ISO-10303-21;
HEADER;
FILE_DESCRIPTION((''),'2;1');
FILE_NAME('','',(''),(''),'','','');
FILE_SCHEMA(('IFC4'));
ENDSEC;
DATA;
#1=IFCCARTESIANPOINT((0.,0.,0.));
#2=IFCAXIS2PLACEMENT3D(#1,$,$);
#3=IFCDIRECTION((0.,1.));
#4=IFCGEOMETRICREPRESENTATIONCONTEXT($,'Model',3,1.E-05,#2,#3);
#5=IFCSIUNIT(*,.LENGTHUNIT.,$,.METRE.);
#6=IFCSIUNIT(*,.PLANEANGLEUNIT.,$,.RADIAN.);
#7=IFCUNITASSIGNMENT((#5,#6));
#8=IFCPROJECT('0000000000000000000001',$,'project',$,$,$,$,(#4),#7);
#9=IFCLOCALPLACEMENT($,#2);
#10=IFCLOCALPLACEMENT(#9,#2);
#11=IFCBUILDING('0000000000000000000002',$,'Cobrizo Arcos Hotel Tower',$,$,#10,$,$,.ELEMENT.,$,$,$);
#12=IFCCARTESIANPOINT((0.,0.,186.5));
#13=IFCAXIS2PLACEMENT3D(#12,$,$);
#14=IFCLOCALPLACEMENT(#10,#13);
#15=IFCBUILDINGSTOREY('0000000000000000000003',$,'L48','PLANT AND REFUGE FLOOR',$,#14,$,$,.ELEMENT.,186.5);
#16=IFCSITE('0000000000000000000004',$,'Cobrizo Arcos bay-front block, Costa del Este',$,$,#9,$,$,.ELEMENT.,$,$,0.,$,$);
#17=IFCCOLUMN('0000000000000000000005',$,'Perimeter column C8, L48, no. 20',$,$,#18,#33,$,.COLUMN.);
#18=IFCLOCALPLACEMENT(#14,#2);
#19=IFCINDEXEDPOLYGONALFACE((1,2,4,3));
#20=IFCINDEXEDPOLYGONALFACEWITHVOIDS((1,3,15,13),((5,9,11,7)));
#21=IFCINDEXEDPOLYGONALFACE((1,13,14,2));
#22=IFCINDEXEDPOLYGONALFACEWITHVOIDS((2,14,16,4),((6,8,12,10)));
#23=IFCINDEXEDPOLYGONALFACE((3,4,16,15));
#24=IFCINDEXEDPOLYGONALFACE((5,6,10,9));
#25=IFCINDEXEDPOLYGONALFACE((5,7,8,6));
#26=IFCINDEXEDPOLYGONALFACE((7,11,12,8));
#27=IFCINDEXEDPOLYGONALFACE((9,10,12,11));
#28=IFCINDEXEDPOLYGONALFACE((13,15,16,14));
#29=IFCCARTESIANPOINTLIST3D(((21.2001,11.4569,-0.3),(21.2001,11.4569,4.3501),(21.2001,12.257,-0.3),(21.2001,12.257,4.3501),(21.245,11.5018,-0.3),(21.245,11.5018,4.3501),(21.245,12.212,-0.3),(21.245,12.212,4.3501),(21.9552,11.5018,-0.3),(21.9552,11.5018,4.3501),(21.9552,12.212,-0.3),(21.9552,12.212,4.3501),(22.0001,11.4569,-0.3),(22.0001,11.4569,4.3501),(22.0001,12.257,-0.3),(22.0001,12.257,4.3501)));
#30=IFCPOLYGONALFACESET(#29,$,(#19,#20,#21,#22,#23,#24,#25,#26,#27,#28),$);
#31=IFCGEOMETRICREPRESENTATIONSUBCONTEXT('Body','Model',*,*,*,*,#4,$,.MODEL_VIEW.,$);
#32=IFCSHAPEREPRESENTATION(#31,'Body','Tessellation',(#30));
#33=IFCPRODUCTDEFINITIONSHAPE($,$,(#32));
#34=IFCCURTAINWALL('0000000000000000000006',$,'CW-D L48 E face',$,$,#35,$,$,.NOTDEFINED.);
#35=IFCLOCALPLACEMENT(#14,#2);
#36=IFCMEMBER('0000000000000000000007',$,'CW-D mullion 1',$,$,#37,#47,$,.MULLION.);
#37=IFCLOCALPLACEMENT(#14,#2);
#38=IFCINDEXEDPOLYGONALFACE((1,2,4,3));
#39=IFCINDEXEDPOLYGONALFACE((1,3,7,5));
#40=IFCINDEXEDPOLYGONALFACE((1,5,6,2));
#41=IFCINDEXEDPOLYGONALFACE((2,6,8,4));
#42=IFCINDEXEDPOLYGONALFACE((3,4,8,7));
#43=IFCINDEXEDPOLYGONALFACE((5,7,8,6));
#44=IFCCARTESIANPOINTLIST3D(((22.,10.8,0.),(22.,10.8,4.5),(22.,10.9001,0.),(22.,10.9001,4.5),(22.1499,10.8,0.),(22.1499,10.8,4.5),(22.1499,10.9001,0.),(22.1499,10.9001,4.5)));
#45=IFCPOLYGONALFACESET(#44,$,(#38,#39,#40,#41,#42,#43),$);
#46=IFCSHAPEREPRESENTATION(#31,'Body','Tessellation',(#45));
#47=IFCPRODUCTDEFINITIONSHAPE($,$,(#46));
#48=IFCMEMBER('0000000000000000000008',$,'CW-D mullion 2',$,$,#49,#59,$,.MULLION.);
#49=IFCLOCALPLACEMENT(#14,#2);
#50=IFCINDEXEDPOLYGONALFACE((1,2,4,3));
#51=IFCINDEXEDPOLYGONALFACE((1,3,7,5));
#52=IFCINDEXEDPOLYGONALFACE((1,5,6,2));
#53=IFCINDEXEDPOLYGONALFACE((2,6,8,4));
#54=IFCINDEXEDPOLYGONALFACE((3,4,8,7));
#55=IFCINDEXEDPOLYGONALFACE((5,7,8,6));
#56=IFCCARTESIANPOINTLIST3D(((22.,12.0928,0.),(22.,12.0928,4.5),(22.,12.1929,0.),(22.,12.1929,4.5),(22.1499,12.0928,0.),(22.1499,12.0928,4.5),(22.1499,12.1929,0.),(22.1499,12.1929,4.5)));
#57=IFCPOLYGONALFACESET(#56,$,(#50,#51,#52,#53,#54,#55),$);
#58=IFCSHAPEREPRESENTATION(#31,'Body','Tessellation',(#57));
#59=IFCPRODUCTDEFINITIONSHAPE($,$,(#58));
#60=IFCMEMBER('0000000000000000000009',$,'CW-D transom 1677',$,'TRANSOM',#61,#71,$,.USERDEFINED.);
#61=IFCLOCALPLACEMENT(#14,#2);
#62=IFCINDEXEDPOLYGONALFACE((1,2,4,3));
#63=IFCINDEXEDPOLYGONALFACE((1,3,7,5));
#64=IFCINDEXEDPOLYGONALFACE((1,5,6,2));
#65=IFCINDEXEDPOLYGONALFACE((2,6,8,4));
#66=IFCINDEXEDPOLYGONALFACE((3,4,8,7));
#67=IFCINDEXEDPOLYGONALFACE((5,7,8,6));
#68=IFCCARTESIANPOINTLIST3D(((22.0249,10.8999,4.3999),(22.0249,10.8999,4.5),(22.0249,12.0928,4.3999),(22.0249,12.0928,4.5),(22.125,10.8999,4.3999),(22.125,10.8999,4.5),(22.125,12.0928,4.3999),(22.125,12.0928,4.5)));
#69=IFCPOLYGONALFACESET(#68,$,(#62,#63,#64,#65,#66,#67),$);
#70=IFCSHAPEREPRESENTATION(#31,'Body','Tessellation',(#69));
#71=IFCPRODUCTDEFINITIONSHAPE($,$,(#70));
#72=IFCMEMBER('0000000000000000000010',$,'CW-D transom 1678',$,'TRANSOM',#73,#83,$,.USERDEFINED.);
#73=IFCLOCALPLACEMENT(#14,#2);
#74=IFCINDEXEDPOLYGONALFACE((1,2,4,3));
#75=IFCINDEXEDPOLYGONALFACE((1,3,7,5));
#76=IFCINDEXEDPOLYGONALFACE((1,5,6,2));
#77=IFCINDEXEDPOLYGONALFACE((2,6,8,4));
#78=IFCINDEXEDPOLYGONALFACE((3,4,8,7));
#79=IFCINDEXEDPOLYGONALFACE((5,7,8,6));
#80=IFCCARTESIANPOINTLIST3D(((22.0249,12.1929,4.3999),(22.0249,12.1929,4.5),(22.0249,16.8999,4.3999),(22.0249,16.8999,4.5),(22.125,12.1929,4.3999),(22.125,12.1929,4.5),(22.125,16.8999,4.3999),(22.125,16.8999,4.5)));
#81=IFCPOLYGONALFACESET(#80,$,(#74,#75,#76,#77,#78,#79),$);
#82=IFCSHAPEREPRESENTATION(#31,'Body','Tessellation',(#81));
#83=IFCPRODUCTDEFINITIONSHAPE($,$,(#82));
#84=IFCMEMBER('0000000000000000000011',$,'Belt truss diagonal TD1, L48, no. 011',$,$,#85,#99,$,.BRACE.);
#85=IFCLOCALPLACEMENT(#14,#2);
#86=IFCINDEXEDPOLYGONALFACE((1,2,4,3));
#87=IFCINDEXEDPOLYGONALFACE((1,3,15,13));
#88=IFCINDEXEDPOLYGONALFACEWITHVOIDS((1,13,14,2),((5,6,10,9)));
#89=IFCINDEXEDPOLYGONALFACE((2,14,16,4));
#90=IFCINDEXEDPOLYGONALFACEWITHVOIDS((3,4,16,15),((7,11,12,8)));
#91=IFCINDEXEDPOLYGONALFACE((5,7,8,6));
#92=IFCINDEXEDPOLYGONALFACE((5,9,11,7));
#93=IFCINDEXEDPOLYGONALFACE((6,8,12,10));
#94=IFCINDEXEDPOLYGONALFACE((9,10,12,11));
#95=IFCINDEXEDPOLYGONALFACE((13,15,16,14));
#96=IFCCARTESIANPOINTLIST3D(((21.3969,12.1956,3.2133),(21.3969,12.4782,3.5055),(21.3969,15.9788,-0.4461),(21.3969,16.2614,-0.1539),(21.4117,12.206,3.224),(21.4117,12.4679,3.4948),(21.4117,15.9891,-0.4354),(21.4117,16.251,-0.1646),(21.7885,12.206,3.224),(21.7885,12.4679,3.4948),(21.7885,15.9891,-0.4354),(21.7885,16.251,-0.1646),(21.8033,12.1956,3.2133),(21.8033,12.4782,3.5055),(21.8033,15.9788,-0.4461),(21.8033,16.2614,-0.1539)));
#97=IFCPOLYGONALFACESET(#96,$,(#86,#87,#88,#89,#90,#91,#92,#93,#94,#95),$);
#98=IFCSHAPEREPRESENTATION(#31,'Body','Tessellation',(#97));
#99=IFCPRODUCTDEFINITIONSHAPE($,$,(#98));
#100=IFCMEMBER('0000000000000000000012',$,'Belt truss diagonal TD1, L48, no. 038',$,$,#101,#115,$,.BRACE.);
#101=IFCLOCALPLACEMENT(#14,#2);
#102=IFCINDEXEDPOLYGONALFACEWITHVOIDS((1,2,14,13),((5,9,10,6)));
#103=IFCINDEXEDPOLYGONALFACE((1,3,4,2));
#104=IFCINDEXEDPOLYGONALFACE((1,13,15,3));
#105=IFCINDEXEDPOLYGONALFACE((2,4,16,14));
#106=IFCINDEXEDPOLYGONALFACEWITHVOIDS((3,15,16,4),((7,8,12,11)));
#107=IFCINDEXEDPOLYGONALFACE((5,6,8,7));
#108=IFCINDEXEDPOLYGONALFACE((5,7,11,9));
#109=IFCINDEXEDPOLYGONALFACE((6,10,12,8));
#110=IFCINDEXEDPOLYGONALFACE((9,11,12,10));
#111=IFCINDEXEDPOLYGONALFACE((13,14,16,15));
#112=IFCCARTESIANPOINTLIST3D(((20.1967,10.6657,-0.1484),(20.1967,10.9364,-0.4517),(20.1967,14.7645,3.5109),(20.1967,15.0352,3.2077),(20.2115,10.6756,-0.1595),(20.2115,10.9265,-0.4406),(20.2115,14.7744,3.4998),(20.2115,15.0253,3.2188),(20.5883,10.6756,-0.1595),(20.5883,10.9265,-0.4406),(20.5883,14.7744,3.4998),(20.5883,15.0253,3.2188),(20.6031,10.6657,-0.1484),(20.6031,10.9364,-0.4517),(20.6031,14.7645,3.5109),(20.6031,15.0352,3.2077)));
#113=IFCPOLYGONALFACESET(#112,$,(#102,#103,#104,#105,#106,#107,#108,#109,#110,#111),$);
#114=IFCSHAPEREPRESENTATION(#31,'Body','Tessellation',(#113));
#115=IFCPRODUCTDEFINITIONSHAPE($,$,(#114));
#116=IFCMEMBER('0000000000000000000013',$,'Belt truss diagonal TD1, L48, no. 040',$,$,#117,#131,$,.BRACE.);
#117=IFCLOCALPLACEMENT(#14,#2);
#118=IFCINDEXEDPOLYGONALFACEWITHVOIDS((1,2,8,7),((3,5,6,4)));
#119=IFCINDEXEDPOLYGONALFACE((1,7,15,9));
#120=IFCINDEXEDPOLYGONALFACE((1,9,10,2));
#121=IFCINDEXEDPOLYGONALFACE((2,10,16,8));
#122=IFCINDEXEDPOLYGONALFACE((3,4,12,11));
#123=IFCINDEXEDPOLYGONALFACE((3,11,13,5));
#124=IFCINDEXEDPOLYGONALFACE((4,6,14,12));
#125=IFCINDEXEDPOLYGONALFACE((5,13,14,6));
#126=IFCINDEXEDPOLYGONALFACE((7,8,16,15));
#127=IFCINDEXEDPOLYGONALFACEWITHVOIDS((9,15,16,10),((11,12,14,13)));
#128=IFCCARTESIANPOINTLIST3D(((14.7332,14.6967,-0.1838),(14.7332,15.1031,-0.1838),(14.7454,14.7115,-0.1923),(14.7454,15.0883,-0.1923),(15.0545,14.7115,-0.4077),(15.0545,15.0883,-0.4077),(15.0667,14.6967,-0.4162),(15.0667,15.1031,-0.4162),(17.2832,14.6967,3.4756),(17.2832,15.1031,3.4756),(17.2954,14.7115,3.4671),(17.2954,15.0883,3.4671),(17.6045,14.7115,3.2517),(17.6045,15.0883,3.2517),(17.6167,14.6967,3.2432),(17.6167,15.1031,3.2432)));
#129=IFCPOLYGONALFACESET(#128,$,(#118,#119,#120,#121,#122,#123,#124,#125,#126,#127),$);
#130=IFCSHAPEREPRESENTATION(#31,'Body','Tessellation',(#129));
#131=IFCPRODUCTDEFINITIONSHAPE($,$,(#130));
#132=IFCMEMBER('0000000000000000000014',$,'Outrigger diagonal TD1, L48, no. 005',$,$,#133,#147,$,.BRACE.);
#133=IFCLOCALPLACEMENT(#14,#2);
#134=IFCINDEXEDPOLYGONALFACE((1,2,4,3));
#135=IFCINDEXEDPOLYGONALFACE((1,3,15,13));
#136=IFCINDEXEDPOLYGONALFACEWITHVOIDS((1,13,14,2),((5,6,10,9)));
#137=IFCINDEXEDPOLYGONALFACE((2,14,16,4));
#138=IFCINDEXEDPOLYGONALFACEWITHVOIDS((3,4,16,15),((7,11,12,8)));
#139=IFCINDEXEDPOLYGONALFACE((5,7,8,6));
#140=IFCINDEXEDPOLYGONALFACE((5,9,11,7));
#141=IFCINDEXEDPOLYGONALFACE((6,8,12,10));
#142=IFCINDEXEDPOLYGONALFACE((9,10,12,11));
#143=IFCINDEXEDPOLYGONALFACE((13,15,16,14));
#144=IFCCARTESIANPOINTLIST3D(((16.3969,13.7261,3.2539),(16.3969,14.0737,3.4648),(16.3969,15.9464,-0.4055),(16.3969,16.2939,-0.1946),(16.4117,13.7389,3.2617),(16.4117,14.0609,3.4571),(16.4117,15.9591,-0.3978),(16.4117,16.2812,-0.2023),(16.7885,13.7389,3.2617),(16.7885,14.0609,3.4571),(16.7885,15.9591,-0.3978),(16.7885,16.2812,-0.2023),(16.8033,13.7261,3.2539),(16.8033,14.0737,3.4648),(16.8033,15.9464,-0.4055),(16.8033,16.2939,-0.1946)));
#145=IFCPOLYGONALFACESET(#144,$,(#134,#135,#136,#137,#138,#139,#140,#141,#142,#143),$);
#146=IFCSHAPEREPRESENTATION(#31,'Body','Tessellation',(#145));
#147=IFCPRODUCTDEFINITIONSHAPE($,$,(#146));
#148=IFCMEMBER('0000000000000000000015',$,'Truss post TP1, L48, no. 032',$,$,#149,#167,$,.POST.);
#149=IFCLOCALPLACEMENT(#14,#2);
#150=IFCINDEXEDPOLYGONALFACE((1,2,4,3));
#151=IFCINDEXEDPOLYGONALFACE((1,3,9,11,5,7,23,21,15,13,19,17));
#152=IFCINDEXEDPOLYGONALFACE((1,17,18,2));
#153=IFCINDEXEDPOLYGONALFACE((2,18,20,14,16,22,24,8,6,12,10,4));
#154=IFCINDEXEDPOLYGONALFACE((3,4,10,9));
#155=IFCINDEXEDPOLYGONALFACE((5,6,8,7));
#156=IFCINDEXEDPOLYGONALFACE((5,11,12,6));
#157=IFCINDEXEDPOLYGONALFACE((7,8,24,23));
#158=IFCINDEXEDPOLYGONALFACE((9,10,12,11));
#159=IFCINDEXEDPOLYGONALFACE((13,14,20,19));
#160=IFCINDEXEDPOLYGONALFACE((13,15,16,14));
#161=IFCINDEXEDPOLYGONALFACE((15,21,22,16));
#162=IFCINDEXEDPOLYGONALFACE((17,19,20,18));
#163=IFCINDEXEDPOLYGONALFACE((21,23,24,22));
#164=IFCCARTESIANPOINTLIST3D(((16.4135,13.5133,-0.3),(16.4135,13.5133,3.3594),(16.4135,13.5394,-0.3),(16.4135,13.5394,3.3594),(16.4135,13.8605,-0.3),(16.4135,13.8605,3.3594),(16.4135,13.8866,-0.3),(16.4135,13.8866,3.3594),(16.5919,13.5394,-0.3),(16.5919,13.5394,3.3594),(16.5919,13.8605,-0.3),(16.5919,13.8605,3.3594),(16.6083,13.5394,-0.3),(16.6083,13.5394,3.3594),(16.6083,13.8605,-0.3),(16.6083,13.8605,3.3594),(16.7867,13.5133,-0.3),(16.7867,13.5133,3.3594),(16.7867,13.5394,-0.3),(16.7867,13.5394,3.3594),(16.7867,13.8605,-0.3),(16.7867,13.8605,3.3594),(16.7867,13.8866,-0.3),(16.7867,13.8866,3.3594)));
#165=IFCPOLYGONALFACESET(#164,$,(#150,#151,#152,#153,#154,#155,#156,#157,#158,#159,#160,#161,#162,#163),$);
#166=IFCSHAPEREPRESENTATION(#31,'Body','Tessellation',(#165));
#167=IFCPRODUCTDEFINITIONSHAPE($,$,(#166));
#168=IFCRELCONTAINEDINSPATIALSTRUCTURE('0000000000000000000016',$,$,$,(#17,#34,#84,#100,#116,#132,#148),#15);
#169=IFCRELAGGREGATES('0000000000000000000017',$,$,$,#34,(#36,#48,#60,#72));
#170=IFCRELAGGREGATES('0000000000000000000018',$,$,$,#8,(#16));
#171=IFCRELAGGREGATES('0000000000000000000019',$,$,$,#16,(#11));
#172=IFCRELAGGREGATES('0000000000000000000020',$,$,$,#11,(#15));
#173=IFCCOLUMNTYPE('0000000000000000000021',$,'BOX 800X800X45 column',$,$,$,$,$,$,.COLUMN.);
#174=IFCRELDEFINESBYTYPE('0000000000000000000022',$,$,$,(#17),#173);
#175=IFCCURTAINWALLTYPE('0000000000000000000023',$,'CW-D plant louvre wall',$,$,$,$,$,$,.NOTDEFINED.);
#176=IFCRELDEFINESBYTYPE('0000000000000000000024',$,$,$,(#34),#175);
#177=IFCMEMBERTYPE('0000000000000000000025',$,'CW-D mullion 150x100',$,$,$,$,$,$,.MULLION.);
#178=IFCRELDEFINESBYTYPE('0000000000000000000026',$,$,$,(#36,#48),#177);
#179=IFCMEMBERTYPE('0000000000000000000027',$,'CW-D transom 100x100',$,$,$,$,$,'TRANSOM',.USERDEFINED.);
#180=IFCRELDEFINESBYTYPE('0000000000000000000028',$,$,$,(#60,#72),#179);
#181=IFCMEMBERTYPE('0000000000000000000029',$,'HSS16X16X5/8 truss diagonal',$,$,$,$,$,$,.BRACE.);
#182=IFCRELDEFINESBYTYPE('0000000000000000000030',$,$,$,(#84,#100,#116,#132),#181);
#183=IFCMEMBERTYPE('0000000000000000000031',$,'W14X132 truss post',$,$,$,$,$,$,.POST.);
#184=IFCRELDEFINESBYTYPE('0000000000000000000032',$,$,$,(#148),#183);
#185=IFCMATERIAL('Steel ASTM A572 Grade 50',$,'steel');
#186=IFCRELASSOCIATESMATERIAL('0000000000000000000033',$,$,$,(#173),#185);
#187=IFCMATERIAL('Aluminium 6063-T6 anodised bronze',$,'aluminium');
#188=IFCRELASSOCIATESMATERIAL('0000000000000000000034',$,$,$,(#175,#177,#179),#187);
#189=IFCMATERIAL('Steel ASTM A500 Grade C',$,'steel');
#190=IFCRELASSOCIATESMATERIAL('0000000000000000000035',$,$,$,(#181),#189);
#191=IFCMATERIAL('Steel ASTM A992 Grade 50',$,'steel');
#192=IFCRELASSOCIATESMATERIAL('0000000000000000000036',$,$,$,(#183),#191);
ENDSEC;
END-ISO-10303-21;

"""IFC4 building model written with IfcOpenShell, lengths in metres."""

from ifc_helpers import new_model, si_unit, direction, frame, origin, origin_2d, place, context, subcontext, project, spatial, rectangle, hollow_rectangle, i_section, extrude, material, material_profile, profile_set, type_object, element, aggregate, save


model = new_model("IFC4")

# Units and contexts
model_context = context("Model", 3, precision=1e-05, world=origin(), true_north=direction((0.0, 1.0)))
body_context = subcontext(model_context, "Body", "Model", "MODEL_VIEW")
ifc_project = project(units=[si_unit("LENGTHUNIT", "METRE"), si_unit("PLANEANGLEUNIT", "RADIAN")], contexts=[model_context])

# Site, building, storey
site_placement = place(None, origin())
site = spatial("IfcSite", under=ifc_project, at=site_placement, Name="Cobrizo Arcos bay-front block, Costa del Este", CompositionType="ELEMENT", RefElevation=0.0)
building_placement = place(site_placement, origin())
building = spatial("IfcBuilding", under=site, at=building_placement, Name="Cobrizo Arcos Hotel Tower", CompositionType="ELEMENT")
storey_placement = place(building_placement, frame((0.0, 0.0, 186.5)))
storey = spatial("IfcBuildingStorey", under=building, at=storey_placement, Name="L48", Description="PLANT AND REFUGE FLOOR", CompositionType="ELEMENT", Elevation=186.5)

# Column
ifc_material_1 = material(Name="Steel ASTM A572 Grade 50", Category="steel")
ifc_material_profile_1 = material_profile(ifc_material_1, hollow_rectangle(XDim=0.8, YDim=0.8, WallThickness=0.0449, at=origin_2d()), Name="BOX 800X800X45")
ifc_profile_set_1 = profile_set([ifc_material_profile_1], Name="Steel ASTM A572 Grade 50")
column_type = type_object("IfcColumnType", Name="BOX 800X800X45 column", PredefinedType="COLUMN", material=ifc_profile_set_1)
column_placement = place(storey_placement, frame((21.6001, 11.8569, -0.3), z_axis=(0.0, 0.0, 1.0), x_axis=(1.0, 0.0, 0.0)))
element("IfcColumn", 1, at=column_placement, inside=storey, type_object=column_type, Name="Perimeter column C8, L48, no. 20", PredefinedType="COLUMN", context=body_context, shape_type="SweptSolid", body=[
    extrude(hollow_rectangle(XDim=0.8, YDim=0.8, WallThickness=0.0449, at=origin_2d()), origin(), (0.0, 0.0, 1.0), 4.6501),
])

# Curtain wall, members
ifc_material_2 = material(Name="Aluminium 6063-T6 anodised bronze", Category="aluminium")
curtain_wall_type = type_object("IfcCurtainWallType", Name="CW-D plant louvre wall", PredefinedType="NOTDEFINED", material=ifc_material_2)
curtain_wall_placement = place(storey_placement, origin())
curtain_wall = element("IfcCurtainWall", 2, at=curtain_wall_placement, inside=storey, type_object=curtain_wall_type, Name="CW-D L48 E face", PredefinedType="NOTDEFINED")
ifc_material_profile_2 = material_profile(ifc_material_2, rectangle(XDim=0.1499, YDim=0.1001, at=origin_2d()), Name="CW-D mullion 150x100")
ifc_profile_set_2 = profile_set([ifc_material_profile_2], Name="Aluminium 6063-T6 anodised bronze")
member_type_1 = type_object("IfcMemberType", Name="CW-D mullion 150x100", PredefinedType="MULLION", material=ifc_profile_set_2)
member_1_placement = place(storey_placement, frame((22.075, 10.8501, 0.0), z_axis=(0.0, 0.0, 1.0), x_axis=(1.0, 0.0, 0.0)))
member_1 = element("IfcMember", 3, at=member_1_placement, type_object=member_type_1, Name="CW-D mullion 1", PredefinedType="MULLION", context=body_context, shape_type="SweptSolid", body=[
    extrude(rectangle(XDim=0.1499, YDim=0.1001, at=origin_2d()), origin(), (0.0, 0.0, 1.0), 4.5),
])
member_2_placement = place(storey_placement, frame((22.075, 12.1428, 0.0), z_axis=(0.0, 0.0, 1.0), x_axis=(1.0, 0.0, 0.0)))
member_2 = element("IfcMember", 4, at=member_2_placement, type_object=member_type_1, Name="CW-D mullion 2", PredefinedType="MULLION", context=body_context, shape_type="SweptSolid", body=[
    extrude(rectangle(XDim=0.1499, YDim=0.1001, at=origin_2d()), origin(), (0.0, 0.0, 1.0), 4.5),
])
ifc_material_profile_3 = material_profile(ifc_material_2, rectangle(XDim=0.1001, YDim=0.1001, at=origin_2d()), Name="CW-D transom 100x100")
ifc_profile_set_3 = profile_set([ifc_material_profile_3], Name="Aluminium 6063-T6 anodised bronze")
member_type_2 = type_object("IfcMemberType", Name="CW-D transom 100x100", ElementType="TRANSOM", PredefinedType="USERDEFINED", material=ifc_profile_set_3)
member_3_placement = place(storey_placement, frame((22.075, 10.8999, 4.45), z_axis=(0.0, 1.0, 0.0), x_axis=(-1.0, 0.0, 0.0)))
member_3 = element("IfcMember", 5, at=member_3_placement, type_object=member_type_2, Name="CW-D transom 1677", ObjectType="TRANSOM", PredefinedType="USERDEFINED", context=body_context, shape_type="SweptSolid", body=[
    extrude(rectangle(XDim=0.1001, YDim=0.1001, at=origin_2d()), origin(), (0.0, 0.0, 1.0), 1.1929),
])
member_4_placement = place(storey_placement, frame((22.075, 12.1929, 4.45), z_axis=(0.0, 1.0, 0.0), x_axis=(-1.0, 0.0, 0.0)))
member_4 = element("IfcMember", 6, at=member_4_placement, type_object=member_type_2, Name="CW-D transom 1678", ObjectType="TRANSOM", PredefinedType="USERDEFINED", context=body_context, shape_type="SweptSolid", body=[
    extrude(rectangle(XDim=0.1001, YDim=0.1001, at=origin_2d()), origin(), (0.0, 0.0, 1.0), 4.707),
])

# Members
ifc_material_3 = material(Name="Steel ASTM A500 Grade C", Category="steel")
ifc_material_profile_4 = material_profile(ifc_material_3, hollow_rectangle(XDim=0.4065, YDim=0.4065, WallThickness=0.0149, at=origin_2d()), Name="HSS16X16X5/8")
ifc_profile_set_4 = profile_set([ifc_material_profile_4], Name="Steel ASTM A500 Grade C")
member_type_3 = type_object("IfcMemberType", Name="HSS16X16X5/8 truss diagonal", PredefinedType="BRACE", material=ifc_profile_set_4)
member_5_placement = place(storey_placement, frame((21.6001, 12.3369, 3.3594), z_axis=(0.0, 0.718767, -0.695251), x_axis=(-1.0, 0.0, 0.0)))
element("IfcMember", 7, at=member_5_placement, inside=storey, type_object=member_type_3, Name="Belt truss diagonal TD1, L48, no. 011", PredefinedType="BRACE", context=body_context, shape_type="SweptSolid", body=[
    extrude(hollow_rectangle(XDim=0.4065, YDim=0.4065, WallThickness=0.0149, at=origin_2d()), origin(), (0.0, 0.0, 1.0), 5.2634),
])
member_6_placement = place(storey_placement, frame((20.3999, 10.801, -0.3), z_axis=(0.0, 0.745964, 0.665987), x_axis=(-1.0, 0.0, 0.0)))
element("IfcMember", 8, at=member_6_placement, inside=storey, type_object=member_type_3, Name="Belt truss diagonal TD1, L48, no. 038", PredefinedType="BRACE", context=body_context, shape_type="SweptSolid", body=[
    extrude(hollow_rectangle(XDim=0.4065, YDim=0.4065, WallThickness=0.0149, at=origin_2d()), origin(), (0.0, 0.0, 1.0), 5.4946),
])
member_7_placement = place(storey_placement, frame((17.45, 14.8999, 3.3594), z_axis=(-0.571723, 0.0, -0.820446), x_axis=(0.0, -1.0, 0.0)))
element("IfcMember", 9, at=member_7_placement, inside=storey, type_object=member_type_3, Name="Belt truss diagonal TD1, L48, no. 040", PredefinedType="BRACE", context=body_context, shape_type="SweptSolid", body=[
    extrude(hollow_rectangle(XDim=0.4065, YDim=0.4065, WallThickness=0.0149, at=origin_2d()), origin(), (0.0, 0.0, 1.0), 4.4602),
])
member_8_placement = place(storey_placement, frame((16.6001, 13.8999, 3.3594), z_axis=(0.0, 0.518709, -0.854951), x_axis=(-1.0, 0.0, 0.0)))
element("IfcMember", 10, at=member_8_placement, inside=storey, type_object=member_type_3, Name="Outrigger diagonal TD1, L48, no. 005", PredefinedType="BRACE", context=body_context, shape_type="SweptSolid", body=[
    extrude(hollow_rectangle(XDim=0.4065, YDim=0.4065, WallThickness=0.0149, at=origin_2d()), origin(), (0.0, 0.0, 1.0), 4.2803),
])
ifc_material_4 = material(Name="Steel ASTM A992 Grade 50", Category="steel")
ifc_material_profile_5 = material_profile(ifc_material_4, i_section(OverallWidth=0.3733, OverallDepth=0.3733, WebThickness=0.0164, FlangeThickness=0.0261, at=origin_2d()), Name="W14X132")
ifc_profile_set_5 = profile_set([ifc_material_profile_5], Name="Steel ASTM A992 Grade 50")
member_type_4 = type_object("IfcMemberType", Name="W14X132 truss post", PredefinedType="POST", material=ifc_profile_set_5)
member_9_placement = place(storey_placement, frame((16.6001, 13.7, -0.3), z_axis=(0.0, 0.0, 1.0), x_axis=(1.0, 0.0, 0.0)))
element("IfcMember", 11, at=member_9_placement, inside=storey, type_object=member_type_4, Name="Truss post TP1, L48, no. 032", PredefinedType="POST", context=body_context, shape_type="SweptSolid", body=[
    extrude(i_section(OverallWidth=0.3733, OverallDepth=0.3733, WebThickness=0.0164, FlangeThickness=0.0261, at=origin_2d()), origin(), (0.0, 0.0, 1.0), 3.6594),
])

aggregate(curtain_wall, [member_1, member_2, member_3, member_4])

save(model, "model.ifc")
